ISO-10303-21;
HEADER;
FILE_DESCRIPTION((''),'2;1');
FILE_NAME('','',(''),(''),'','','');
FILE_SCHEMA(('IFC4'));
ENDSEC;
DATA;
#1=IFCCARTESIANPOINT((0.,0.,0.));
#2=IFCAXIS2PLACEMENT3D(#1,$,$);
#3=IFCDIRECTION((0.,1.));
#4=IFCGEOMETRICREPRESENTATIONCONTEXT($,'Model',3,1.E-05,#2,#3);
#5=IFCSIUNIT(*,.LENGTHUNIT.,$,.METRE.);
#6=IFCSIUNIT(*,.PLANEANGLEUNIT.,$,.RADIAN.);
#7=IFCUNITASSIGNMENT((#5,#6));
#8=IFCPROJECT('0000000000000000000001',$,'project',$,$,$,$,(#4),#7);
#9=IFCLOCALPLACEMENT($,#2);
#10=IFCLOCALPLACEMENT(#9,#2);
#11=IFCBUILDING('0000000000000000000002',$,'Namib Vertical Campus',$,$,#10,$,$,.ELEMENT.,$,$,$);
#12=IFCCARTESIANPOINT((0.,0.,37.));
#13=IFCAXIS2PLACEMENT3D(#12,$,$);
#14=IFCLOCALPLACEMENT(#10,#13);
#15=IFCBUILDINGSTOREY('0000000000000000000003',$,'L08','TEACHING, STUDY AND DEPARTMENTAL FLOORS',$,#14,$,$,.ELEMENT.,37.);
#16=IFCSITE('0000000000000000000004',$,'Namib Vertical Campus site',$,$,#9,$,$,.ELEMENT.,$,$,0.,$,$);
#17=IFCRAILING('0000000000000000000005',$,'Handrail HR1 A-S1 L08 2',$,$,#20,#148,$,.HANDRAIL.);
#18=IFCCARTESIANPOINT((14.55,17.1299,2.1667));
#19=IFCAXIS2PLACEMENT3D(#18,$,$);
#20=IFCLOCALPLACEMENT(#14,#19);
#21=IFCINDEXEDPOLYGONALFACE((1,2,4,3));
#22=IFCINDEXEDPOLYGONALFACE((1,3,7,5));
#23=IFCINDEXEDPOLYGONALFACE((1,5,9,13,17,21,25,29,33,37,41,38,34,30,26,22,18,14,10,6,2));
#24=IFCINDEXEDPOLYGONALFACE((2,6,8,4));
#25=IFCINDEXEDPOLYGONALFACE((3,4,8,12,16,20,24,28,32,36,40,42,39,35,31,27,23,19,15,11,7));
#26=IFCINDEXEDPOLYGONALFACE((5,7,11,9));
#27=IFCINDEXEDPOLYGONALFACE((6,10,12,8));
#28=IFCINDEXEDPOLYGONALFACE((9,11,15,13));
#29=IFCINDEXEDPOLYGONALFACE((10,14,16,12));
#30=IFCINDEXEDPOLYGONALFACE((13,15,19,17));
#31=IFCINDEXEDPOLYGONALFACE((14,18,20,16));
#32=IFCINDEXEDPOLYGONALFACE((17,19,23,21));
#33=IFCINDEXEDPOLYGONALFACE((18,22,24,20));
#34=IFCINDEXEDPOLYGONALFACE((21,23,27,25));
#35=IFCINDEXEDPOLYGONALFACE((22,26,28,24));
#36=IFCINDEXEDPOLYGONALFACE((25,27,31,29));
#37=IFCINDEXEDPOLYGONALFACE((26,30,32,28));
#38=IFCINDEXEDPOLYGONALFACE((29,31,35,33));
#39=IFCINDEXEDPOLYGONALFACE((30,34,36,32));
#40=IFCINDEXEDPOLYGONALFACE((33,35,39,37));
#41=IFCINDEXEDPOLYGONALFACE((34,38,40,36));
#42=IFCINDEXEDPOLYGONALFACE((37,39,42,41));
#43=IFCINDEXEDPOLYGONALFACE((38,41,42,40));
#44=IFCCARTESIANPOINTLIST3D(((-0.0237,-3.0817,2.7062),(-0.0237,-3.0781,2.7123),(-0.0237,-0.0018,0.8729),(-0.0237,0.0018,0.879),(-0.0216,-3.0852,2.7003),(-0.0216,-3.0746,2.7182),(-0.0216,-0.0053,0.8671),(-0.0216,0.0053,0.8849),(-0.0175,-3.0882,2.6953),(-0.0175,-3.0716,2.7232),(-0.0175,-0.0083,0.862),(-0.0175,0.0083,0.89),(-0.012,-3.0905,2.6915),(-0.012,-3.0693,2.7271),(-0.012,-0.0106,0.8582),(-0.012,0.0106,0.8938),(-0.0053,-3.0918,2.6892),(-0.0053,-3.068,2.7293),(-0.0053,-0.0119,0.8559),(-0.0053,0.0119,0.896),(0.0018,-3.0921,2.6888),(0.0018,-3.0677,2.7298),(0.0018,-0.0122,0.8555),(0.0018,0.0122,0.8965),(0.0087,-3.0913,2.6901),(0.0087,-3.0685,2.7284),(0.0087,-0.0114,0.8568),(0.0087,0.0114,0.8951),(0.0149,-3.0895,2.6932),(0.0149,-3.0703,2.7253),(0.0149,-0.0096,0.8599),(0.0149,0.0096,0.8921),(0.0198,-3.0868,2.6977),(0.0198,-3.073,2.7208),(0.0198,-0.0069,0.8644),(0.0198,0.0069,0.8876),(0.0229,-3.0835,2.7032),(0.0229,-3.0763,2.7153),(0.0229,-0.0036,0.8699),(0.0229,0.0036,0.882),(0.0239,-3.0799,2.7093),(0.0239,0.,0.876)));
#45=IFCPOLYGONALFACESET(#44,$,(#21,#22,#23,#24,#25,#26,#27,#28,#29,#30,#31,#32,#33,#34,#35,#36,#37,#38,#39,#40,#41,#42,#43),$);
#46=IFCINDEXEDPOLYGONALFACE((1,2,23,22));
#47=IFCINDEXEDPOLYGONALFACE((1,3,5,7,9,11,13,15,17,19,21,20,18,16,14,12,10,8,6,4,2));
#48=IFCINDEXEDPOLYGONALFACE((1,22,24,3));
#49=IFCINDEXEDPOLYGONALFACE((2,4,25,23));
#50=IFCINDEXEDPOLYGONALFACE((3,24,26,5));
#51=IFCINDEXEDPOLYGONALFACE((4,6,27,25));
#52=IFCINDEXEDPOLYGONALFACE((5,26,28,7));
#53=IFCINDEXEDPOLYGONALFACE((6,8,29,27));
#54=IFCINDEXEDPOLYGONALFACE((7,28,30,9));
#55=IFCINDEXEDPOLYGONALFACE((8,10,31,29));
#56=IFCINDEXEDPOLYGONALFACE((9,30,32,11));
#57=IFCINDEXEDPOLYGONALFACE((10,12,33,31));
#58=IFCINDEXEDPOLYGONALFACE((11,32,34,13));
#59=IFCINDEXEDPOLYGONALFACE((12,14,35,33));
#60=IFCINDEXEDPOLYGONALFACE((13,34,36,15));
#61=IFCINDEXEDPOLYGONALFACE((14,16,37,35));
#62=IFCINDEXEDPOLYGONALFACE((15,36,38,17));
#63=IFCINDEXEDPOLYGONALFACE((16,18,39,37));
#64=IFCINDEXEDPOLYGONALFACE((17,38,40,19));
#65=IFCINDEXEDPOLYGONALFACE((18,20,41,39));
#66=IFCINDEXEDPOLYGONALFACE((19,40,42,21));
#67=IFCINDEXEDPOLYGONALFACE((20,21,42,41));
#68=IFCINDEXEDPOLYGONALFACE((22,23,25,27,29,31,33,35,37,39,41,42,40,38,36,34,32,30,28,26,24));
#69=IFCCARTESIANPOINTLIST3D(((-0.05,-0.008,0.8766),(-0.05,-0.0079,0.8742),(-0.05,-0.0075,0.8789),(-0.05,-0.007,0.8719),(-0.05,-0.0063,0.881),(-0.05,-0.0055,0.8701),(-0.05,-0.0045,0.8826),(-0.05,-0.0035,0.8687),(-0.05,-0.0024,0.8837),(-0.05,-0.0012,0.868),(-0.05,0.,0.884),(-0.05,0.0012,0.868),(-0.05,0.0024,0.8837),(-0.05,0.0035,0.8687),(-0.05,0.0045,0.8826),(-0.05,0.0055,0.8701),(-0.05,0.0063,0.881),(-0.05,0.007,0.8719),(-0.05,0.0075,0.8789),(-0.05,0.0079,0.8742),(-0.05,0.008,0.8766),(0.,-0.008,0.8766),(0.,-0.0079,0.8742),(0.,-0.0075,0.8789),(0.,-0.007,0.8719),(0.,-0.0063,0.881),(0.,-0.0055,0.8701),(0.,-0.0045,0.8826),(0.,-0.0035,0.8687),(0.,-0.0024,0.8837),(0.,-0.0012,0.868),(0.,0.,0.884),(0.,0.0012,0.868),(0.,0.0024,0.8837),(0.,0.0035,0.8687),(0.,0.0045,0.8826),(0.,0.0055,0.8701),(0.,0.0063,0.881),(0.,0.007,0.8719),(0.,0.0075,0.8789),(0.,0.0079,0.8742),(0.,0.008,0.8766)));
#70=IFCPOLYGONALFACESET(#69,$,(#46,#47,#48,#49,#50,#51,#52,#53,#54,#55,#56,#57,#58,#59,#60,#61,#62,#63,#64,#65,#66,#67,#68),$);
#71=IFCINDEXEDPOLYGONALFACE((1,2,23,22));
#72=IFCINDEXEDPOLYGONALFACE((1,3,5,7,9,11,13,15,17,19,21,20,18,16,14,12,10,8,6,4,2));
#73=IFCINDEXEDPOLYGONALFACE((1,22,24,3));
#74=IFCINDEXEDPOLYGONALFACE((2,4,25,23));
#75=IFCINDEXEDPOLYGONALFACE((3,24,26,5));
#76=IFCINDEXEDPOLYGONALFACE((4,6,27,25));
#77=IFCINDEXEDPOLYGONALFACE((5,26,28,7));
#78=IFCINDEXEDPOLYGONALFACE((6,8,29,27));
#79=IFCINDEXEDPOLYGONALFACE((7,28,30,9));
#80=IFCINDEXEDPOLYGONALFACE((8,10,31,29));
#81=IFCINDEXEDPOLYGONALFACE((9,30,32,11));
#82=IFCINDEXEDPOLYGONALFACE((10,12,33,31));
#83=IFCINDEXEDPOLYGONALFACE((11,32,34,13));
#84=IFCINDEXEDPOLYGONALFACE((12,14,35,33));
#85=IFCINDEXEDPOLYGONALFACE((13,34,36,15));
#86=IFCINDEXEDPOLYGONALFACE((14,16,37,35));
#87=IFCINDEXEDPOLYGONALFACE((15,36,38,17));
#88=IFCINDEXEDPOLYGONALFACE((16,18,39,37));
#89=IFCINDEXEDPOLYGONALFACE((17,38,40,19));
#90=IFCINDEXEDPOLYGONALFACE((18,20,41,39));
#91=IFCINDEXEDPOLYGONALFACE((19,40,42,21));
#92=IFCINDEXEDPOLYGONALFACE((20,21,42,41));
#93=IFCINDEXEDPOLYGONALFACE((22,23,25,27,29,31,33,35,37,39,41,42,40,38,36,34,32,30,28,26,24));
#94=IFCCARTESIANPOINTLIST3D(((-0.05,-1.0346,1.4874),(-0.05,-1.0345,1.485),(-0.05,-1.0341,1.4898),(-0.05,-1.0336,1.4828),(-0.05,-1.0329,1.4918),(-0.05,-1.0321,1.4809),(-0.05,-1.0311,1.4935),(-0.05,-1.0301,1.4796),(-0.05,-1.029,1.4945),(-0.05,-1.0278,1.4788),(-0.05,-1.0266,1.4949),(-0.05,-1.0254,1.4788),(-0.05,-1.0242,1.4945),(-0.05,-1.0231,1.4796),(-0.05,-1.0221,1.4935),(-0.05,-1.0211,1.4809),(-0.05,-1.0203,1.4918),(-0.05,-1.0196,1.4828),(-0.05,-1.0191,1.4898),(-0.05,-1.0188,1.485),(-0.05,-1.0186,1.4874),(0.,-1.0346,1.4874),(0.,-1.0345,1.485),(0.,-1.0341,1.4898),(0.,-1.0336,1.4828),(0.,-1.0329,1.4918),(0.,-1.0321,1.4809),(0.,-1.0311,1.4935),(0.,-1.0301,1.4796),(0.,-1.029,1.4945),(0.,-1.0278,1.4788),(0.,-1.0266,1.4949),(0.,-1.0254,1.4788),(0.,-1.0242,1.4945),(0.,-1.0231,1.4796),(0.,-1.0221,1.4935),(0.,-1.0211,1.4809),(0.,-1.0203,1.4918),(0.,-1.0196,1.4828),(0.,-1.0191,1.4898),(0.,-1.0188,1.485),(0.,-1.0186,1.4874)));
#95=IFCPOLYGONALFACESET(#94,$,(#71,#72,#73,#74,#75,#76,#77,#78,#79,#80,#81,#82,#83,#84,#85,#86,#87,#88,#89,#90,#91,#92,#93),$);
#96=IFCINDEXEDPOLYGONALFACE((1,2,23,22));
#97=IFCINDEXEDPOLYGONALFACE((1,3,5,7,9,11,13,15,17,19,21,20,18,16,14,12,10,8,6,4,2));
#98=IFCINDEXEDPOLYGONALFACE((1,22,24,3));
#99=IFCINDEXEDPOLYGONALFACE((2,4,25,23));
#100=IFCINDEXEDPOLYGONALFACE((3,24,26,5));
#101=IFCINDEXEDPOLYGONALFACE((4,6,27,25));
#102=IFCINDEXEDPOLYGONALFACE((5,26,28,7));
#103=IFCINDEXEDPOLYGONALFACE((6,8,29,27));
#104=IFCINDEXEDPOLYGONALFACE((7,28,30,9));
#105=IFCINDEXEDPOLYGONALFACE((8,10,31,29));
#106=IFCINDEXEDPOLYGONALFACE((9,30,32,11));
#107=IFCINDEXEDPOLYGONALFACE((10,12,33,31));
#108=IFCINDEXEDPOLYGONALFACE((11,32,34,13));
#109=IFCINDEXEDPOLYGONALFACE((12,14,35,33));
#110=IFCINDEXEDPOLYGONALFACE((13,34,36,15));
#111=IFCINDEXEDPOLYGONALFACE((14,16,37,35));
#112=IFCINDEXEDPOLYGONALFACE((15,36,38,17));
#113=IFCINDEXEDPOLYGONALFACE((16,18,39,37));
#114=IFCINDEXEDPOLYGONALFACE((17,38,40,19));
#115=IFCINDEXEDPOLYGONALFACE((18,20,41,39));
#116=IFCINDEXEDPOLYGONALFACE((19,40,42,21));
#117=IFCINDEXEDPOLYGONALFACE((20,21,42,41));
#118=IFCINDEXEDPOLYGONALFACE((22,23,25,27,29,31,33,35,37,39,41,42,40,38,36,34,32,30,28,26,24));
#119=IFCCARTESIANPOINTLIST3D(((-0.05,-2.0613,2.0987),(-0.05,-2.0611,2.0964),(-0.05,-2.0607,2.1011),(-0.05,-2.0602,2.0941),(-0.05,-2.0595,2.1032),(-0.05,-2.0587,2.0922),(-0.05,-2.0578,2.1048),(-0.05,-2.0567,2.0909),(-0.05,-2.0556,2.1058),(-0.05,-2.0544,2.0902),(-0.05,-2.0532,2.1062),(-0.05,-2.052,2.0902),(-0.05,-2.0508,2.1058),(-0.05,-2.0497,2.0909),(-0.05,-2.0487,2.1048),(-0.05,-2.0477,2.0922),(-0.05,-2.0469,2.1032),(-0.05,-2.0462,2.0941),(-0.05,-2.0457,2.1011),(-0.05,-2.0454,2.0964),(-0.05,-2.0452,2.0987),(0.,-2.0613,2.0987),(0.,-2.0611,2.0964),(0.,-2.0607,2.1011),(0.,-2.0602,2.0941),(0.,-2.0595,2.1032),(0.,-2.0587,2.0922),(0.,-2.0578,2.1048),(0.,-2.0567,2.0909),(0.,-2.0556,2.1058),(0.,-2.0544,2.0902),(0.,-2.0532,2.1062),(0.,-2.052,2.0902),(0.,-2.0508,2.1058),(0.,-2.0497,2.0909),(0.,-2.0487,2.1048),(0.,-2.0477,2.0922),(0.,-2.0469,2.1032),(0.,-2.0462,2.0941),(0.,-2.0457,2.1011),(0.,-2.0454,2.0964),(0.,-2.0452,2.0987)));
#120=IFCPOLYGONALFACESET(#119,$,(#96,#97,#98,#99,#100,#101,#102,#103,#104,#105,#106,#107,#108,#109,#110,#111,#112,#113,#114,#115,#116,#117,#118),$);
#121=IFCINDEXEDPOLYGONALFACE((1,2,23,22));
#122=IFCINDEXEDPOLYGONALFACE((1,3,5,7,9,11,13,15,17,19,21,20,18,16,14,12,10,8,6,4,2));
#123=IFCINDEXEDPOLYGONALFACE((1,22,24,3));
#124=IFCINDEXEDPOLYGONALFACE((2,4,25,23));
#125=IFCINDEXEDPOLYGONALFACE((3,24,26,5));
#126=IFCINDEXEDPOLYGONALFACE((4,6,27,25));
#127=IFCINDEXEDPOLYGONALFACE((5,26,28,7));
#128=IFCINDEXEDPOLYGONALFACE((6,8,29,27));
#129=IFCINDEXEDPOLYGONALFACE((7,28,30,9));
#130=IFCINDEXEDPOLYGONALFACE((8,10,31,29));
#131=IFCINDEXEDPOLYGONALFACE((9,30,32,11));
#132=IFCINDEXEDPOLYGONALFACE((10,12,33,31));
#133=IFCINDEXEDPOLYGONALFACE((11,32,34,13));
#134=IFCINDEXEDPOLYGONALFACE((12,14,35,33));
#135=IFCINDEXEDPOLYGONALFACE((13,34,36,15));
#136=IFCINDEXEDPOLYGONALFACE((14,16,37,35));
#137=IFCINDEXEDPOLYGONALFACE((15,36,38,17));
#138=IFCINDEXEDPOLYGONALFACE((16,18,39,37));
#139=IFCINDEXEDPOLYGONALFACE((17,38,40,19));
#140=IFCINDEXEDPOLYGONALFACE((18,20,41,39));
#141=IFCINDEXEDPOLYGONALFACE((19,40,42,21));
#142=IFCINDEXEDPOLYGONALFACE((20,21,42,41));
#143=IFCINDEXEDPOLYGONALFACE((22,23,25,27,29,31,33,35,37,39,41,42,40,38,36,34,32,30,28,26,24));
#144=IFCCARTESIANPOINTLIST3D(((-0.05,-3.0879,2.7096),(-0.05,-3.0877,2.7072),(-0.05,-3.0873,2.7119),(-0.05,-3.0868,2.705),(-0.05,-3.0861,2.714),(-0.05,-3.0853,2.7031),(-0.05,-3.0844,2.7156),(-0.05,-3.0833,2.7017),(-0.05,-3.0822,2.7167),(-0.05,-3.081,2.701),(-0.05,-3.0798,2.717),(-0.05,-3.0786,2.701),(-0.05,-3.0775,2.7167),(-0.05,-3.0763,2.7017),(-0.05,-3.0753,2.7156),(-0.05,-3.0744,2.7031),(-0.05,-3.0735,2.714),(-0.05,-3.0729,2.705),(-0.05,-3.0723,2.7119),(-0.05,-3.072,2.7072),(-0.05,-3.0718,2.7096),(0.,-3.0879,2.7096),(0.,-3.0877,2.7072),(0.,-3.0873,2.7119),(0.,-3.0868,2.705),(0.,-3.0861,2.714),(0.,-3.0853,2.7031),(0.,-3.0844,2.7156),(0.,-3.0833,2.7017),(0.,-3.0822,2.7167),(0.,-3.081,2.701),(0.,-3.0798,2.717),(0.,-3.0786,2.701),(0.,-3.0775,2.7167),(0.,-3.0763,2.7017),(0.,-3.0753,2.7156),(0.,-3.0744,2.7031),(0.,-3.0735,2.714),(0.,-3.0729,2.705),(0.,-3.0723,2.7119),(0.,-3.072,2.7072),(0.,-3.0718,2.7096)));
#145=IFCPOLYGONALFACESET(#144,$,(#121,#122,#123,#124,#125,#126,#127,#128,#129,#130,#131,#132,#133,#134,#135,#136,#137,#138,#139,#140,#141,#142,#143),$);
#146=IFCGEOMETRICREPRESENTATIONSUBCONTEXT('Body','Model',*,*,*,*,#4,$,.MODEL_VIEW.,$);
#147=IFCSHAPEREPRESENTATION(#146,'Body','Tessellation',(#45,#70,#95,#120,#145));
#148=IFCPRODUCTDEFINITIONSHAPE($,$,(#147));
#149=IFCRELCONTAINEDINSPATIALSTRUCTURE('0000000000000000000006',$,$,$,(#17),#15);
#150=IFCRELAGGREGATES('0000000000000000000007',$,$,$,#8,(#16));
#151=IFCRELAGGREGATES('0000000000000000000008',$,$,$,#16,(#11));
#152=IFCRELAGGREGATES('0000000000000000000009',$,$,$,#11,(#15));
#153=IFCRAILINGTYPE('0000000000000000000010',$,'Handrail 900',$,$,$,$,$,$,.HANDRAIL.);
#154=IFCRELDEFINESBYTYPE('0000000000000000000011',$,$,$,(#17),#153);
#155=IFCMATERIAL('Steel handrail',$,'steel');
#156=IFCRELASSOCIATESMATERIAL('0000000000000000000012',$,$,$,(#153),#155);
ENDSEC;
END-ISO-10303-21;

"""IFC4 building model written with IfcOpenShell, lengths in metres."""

from ifc_helpers import new_model, si_unit, direction, frame, origin, origin_2d, place, context, subcontext, project, spatial, circle, extrude, material, type_object, element, save


model = new_model("IFC4")

# Units and contexts
model_context = context("Model", 3, precision=1e-05, world=origin(), true_north=direction((0.0, 1.0)))
body_context = subcontext(model_context, "Body", "Model", "MODEL_VIEW")
ifc_project = project(units=[si_unit("LENGTHUNIT", "METRE"), si_unit("PLANEANGLEUNIT", "RADIAN")], contexts=[model_context])

# Site, building, storey
site_placement = place(None, origin())
site = spatial("IfcSite", under=ifc_project, at=site_placement, Name="Namib Vertical Campus site", CompositionType="ELEMENT", RefElevation=0.0)
building_placement = place(site_placement, origin())
building = spatial("IfcBuilding", under=site, at=building_placement, Name="Namib Vertical Campus", CompositionType="ELEMENT")
storey_placement = place(building_placement, frame((0.0, 0.0, 37.0)))
storey = spatial("IfcBuildingStorey", under=building, at=storey_placement, Name="L08", Description="TEACHING, STUDY AND DEPARTMENTAL FLOORS", CompositionType="ELEMENT", Elevation=37.0)

# Railing
ifc_material_1 = material(Name="Steel handrail", Category="steel")
railing_type_1 = type_object("IfcRailingType", Name="Handrail 900", PredefinedType="HANDRAIL", material=ifc_material_1)
railing_1_placement = place(storey_placement, frame((14.55, 17.1299, 2.1667)))
element("IfcRailing", 1, at=railing_1_placement, inside=storey, type_object=railing_type_1, Name="Handrail HR1 A-S1 L08 2", PredefinedType="HANDRAIL", context=body_context, shape_type="SweptSolid", body=[
    extrude(circle(Radius=0.0239, at=origin_2d()), frame((0.0, 0.0, 0.876), z_axis=(0.0, -0.859291, 0.511487), x_axis=(1.0, 0.0, 0.0)), (0.0, 0.0, 1.0), 3.5842),
    extrude(circle(Radius=0.0081, at=origin_2d()), frame((0.0, 0.0, 0.876), z_axis=(-1.0, 0.0, 0.0), x_axis=(0.0, 0.0, 1.0)), (0.0, 0.0, 1.0), 0.05),
    extrude(circle(Radius=0.0081, at=origin_2d()), frame((0.0, -1.0266, 1.4868), z_axis=(-1.0, 0.0, 0.0), x_axis=(0.0, 0.0, 1.0)), (0.0, 0.0, 1.0), 0.05),
    extrude(circle(Radius=0.0081, at=origin_2d()), frame((0.0, -2.0532, 2.0981), z_axis=(-1.0, 0.0, 0.0), x_axis=(0.0, 0.0, 1.0)), (0.0, 0.0, 1.0), 0.05),
    extrude(circle(Radius=0.0081, at=origin_2d()), frame((0.0, -3.0798, 2.709), z_axis=(-1.0, 0.0, 0.0), x_axis=(0.0, 0.0, 1.0)), (0.0, 0.0, 1.0), 0.05),
])

save(model, "model.ifc")
